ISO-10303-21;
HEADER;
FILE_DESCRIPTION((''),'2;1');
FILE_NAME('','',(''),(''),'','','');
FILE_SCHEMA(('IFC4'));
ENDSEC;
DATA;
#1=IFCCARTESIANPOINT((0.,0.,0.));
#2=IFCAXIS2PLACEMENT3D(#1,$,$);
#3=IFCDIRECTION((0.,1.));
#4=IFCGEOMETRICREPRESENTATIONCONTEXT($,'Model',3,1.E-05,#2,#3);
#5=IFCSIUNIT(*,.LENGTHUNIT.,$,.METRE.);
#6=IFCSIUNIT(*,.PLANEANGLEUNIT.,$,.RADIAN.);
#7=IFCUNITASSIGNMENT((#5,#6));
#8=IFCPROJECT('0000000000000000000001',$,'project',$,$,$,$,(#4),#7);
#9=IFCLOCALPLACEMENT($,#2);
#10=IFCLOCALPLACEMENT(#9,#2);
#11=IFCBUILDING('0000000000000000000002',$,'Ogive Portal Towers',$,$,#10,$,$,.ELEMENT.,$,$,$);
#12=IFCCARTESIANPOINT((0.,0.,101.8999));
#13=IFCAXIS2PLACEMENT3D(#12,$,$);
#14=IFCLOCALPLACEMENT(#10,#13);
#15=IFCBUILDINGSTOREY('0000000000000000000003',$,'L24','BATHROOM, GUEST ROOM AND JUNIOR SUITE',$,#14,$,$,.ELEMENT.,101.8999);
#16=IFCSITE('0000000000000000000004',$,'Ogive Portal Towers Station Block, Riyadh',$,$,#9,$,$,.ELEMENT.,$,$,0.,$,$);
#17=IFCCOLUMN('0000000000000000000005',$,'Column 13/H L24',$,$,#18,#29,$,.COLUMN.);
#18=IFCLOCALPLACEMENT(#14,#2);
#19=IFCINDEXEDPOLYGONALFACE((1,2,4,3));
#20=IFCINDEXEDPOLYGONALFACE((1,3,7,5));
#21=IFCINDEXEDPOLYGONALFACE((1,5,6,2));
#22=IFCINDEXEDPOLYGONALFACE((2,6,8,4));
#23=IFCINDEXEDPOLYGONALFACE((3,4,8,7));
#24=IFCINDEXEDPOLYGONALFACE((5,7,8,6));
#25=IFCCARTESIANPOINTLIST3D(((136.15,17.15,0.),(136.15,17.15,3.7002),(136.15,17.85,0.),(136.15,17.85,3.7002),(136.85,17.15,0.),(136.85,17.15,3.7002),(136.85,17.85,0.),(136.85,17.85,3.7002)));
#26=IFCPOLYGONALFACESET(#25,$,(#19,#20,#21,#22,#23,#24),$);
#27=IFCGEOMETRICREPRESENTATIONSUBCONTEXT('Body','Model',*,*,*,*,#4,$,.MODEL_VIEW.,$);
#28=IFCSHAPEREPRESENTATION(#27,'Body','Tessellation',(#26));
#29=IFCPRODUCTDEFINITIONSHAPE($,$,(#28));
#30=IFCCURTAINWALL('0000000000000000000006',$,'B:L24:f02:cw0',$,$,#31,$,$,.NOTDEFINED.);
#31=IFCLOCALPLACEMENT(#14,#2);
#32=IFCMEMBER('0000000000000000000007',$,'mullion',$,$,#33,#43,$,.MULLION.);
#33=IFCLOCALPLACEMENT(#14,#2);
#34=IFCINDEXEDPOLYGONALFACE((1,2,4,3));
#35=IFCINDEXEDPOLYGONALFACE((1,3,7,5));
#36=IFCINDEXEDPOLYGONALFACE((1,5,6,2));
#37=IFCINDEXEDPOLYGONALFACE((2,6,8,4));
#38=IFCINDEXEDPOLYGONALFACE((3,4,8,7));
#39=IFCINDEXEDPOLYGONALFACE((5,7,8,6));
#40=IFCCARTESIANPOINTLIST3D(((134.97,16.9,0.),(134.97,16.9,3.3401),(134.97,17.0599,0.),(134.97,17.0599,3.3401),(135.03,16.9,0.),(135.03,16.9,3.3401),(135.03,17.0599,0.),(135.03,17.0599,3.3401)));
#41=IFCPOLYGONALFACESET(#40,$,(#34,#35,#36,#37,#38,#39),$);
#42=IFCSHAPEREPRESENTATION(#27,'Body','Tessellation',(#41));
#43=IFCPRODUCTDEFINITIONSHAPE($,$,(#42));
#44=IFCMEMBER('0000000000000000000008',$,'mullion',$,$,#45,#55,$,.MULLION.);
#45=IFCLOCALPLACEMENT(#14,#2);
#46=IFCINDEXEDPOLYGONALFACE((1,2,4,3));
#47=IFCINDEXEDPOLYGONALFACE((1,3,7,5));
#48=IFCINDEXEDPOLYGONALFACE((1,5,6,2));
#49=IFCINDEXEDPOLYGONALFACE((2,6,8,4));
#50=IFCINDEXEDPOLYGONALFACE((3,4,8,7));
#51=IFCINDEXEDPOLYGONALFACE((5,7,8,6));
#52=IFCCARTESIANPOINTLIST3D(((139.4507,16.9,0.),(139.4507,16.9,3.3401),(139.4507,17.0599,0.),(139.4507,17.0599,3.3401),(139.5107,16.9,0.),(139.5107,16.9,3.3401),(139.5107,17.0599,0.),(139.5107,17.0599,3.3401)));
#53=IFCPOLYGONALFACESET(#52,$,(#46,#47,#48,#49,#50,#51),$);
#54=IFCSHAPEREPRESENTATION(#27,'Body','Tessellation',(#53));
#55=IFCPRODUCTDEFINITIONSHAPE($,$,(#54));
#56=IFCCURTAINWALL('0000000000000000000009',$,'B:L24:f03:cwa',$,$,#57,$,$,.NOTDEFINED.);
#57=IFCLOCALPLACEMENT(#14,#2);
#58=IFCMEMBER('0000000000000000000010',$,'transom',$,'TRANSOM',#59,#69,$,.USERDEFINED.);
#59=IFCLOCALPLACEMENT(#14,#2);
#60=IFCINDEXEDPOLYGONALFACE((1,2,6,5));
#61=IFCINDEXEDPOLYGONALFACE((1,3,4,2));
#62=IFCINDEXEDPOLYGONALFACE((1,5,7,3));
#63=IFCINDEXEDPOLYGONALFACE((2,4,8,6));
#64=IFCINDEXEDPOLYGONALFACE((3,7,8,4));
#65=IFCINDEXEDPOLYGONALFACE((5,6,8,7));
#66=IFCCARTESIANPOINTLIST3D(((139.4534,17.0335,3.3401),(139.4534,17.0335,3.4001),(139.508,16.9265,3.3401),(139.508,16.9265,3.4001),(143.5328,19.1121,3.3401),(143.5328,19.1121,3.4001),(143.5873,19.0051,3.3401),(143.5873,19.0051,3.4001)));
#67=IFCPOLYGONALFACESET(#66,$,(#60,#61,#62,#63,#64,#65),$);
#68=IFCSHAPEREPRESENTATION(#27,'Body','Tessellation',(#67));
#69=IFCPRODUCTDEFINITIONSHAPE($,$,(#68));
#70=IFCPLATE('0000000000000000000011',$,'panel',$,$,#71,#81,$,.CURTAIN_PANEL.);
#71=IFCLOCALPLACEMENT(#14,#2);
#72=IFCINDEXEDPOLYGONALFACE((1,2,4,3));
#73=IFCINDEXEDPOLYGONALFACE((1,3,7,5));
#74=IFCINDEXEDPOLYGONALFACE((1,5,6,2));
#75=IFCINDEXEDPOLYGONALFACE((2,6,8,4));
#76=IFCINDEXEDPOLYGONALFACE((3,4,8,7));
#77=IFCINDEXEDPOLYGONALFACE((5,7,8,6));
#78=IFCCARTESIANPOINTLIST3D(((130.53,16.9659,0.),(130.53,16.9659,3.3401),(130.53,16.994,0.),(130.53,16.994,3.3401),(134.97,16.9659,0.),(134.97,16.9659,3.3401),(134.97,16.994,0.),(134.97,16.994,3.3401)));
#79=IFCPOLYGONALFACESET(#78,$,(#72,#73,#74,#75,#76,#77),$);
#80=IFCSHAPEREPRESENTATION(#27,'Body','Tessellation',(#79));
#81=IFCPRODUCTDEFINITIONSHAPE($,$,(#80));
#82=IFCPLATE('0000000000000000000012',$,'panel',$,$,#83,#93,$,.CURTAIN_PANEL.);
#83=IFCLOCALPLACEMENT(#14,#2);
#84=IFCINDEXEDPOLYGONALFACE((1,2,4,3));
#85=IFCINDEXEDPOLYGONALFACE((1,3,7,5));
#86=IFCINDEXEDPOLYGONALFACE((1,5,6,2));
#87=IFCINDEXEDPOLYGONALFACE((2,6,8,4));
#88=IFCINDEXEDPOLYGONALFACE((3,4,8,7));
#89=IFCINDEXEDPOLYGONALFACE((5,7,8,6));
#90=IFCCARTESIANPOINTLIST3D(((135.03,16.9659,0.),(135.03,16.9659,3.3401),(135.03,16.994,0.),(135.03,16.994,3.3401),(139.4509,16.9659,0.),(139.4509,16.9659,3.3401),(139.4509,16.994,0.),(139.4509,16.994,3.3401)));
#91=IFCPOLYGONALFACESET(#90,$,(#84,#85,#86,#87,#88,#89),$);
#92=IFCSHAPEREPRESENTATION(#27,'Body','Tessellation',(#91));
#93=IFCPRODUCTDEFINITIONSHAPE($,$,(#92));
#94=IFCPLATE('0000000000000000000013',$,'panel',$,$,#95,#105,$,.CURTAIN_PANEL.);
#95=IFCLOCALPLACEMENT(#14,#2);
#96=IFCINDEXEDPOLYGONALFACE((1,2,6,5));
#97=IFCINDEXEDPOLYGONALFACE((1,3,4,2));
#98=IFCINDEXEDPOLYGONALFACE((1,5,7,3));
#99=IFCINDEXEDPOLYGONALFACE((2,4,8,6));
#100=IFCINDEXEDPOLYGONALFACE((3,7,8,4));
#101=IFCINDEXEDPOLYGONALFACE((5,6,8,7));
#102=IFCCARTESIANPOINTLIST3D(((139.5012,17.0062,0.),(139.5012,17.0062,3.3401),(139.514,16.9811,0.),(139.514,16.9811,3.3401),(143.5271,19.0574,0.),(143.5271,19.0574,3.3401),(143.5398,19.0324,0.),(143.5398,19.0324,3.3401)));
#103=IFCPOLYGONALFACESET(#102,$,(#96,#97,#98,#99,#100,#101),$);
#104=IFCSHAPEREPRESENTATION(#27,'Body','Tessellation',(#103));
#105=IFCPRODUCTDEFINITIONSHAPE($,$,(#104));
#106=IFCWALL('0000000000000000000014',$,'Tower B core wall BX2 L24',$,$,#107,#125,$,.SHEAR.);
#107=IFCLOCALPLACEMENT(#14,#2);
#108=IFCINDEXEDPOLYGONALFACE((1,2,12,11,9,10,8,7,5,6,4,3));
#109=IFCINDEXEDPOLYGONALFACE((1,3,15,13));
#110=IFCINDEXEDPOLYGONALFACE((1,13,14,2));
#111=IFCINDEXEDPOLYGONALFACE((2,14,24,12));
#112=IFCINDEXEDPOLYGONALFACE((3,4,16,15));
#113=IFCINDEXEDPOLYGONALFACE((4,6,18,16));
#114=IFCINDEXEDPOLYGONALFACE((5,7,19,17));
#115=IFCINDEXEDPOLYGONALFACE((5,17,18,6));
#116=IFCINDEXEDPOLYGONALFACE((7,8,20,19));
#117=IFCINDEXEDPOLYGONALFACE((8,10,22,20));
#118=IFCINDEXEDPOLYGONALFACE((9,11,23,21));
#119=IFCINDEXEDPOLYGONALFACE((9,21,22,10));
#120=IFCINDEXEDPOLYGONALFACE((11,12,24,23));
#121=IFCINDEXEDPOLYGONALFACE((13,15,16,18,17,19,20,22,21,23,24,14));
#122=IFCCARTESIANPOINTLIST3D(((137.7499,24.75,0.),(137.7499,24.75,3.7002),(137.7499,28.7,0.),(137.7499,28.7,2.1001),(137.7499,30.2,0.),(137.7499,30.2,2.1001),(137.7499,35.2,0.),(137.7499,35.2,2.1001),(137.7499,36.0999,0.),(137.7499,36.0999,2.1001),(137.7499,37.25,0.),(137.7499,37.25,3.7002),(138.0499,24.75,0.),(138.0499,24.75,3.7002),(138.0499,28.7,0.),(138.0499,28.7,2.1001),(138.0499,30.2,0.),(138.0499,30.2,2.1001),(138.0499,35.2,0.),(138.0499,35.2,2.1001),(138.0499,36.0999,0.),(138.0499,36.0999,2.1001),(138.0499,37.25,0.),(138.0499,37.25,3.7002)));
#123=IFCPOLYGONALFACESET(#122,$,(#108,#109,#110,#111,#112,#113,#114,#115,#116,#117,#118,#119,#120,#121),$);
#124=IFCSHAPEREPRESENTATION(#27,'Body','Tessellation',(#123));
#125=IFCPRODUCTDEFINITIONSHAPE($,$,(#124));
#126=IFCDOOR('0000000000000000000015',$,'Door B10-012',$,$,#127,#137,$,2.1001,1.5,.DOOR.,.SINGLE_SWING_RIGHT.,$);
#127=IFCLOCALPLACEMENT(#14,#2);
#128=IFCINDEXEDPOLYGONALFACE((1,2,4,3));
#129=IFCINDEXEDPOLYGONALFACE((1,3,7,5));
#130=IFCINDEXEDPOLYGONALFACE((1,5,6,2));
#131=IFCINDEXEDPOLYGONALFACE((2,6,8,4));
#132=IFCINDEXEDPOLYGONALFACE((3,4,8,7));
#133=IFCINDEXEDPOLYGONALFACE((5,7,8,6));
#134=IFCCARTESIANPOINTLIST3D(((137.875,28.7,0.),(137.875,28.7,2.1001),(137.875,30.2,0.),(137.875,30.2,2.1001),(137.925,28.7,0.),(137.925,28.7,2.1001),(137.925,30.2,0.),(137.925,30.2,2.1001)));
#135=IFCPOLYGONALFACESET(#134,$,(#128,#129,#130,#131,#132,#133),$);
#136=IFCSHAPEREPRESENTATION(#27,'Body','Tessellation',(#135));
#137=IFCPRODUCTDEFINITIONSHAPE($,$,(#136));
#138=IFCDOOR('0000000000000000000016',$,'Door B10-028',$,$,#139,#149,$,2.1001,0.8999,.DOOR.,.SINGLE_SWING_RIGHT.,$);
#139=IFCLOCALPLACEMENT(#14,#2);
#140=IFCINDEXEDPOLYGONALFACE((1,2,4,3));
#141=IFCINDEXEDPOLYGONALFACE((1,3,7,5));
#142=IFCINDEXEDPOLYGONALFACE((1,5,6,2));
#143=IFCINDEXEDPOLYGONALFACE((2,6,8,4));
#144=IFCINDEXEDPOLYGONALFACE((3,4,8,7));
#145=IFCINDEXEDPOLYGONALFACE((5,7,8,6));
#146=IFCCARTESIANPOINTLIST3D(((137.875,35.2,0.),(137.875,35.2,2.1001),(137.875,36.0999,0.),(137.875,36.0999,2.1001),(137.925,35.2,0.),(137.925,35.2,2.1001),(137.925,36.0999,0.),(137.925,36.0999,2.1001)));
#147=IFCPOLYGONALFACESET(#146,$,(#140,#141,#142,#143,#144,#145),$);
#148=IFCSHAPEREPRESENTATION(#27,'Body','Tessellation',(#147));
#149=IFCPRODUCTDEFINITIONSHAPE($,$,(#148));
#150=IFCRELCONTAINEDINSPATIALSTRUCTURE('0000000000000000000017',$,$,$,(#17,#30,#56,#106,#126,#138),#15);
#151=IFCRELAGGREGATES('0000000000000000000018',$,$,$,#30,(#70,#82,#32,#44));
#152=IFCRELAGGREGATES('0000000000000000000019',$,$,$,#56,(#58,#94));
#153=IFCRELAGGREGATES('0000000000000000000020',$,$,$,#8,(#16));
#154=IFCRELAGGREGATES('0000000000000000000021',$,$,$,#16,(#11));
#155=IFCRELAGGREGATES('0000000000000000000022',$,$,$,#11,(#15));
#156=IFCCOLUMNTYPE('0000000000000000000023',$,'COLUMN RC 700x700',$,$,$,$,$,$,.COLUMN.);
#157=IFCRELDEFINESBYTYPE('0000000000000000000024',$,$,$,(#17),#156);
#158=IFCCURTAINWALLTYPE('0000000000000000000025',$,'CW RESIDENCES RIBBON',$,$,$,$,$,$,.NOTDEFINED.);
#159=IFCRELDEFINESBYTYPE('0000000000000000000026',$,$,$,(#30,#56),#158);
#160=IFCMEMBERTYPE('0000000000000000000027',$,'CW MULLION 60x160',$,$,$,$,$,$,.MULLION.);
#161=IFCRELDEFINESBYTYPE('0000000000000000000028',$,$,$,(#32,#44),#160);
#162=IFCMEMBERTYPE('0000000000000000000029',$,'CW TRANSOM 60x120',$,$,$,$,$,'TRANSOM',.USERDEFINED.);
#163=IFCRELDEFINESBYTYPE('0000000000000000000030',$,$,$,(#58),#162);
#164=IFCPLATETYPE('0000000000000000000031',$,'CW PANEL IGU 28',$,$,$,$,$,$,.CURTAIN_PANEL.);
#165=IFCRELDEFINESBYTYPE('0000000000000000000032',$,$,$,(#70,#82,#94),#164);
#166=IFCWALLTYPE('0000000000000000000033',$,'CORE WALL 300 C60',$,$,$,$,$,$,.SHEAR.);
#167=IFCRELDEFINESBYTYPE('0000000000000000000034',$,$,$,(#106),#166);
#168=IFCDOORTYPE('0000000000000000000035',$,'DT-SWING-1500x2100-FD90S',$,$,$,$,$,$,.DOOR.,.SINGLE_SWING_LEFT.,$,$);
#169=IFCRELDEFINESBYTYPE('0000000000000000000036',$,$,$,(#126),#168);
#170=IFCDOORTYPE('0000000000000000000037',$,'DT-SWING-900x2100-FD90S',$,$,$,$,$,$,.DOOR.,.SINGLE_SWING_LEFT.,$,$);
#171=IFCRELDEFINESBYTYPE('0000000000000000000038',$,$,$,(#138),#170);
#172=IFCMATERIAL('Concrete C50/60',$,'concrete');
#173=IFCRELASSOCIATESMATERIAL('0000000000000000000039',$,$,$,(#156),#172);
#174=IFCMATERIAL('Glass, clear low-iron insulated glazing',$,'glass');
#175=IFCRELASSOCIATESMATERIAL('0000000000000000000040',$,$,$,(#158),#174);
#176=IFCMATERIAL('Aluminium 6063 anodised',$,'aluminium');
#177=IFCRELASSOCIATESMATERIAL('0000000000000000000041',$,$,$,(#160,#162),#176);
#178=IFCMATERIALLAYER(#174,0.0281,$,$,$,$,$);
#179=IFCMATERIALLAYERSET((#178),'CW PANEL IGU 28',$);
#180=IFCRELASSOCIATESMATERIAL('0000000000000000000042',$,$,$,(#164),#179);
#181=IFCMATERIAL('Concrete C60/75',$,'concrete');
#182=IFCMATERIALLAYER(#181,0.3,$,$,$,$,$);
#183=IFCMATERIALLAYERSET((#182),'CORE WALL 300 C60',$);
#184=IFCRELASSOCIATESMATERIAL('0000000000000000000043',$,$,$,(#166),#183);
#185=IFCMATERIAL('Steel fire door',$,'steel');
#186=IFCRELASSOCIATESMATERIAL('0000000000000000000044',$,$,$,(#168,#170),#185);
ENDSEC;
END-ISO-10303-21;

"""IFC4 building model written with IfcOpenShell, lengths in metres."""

from ifc_helpers import new_model, si_unit, direction, frame, frame_2d, origin, origin_2d, place, context, subcontext, project, spatial, rectangle, extrude, material, layer, layer_set, material_profile, profile_set, type_object, element, fill, aggregate, save


model = new_model("IFC4")

# Units and contexts
model_context = context("Model", 3, precision=1e-05, world=origin(), true_north=direction((0.0, 1.0)))
body_context = subcontext(model_context, "Body", "Model", "MODEL_VIEW")
ifc_project = project(units=[si_unit("LENGTHUNIT", "METRE"), si_unit("PLANEANGLEUNIT", "RADIAN")], contexts=[model_context])

# Site, building, storey
site_placement = place(None, origin())
site = spatial("IfcSite", under=ifc_project, at=site_placement, Name="Ogive Portal Towers Station Block, Riyadh", CompositionType="ELEMENT", RefElevation=0.0)
building_placement = place(site_placement, origin())
building = spatial("IfcBuilding", under=site, at=building_placement, Name="Ogive Portal Towers", CompositionType="ELEMENT")
storey_placement = place(building_placement, frame((0.0, 0.0, 101.8999)))
storey = spatial("IfcBuildingStorey", under=building, at=storey_placement, Name="L24", Description="BATHROOM, GUEST ROOM AND JUNIOR SUITE", CompositionType="ELEMENT", Elevation=101.8999)

# Column
ifc_material_1 = material(Name="Concrete C50/60", Category="concrete")
ifc_material_profile_1 = material_profile(ifc_material_1, rectangle(XDim=0.7, YDim=0.7, at=origin_2d()), Name="RC 700x700")
ifc_profile_set_1 = profile_set([ifc_material_profile_1], Name="Concrete C50/60")
column_type = type_object("IfcColumnType", Name="COLUMN RC 700x700", PredefinedType="COLUMN", material=ifc_profile_set_1)
column_placement = place(storey_placement, frame((136.5, 17.5, 0.0), z_axis=(0.0, 0.0, 1.0), x_axis=(1.0, 0.0, 0.0)))
element("IfcColumn", 1, at=column_placement, inside=storey, type_object=column_type, Name="Column 13/H L24", PredefinedType="COLUMN", context=body_context, shape_type="SweptSolid", body=[
    extrude(rectangle(XDim=0.7, YDim=0.7, at=origin_2d()), origin(), (0.0, 0.0, 1.0), 3.7002),
])

# Curtain wall, members
ifc_material_2 = material(Name="Glass, clear low-iron insulated glazing", Category="glass")
curtain_wall_type = type_object("IfcCurtainWallType", Name="CW RESIDENCES RIBBON", PredefinedType="NOTDEFINED", material=ifc_material_2)
curtain_wall_1_placement = place(storey_placement, origin())
curtain_wall_1 = element("IfcCurtainWall", 2, at=curtain_wall_1_placement, inside=storey, type_object=curtain_wall_type, Name="B:L24:f02:cw0", PredefinedType="NOTDEFINED")
ifc_material_3 = material(Name="Aluminium 6063 anodised", Category="aluminium")
ifc_material_profile_2 = material_profile(ifc_material_3, rectangle(XDim=0.1599, YDim=0.0601, at=origin_2d()), Name="AL 60x160")
ifc_profile_set_2 = profile_set([ifc_material_profile_2], Name="Aluminium 6063 anodised")
member_type_1 = type_object("IfcMemberType", Name="CW MULLION 60x160", PredefinedType="MULLION", material=ifc_profile_set_2)
member_1_placement = place(storey_placement, frame((135.0, 16.98, 0.0), z_axis=(0.0, 0.0, 1.0), x_axis=(0.0, 1.0, 0.0)))
member_1 = element("IfcMember", 3, at=member_1_placement, type_object=member_type_1, Name="mullion", PredefinedType="MULLION", context=body_context, shape_type="SweptSolid", body=[
    extrude(rectangle(XDim=0.1599, YDim=0.0601, at=origin_2d()), origin(), (0.0, 0.0, 1.0), 3.3401),
])
member_2_placement = place(storey_placement, frame((139.4807, 16.98, 0.0), z_axis=(0.0, 0.0, 1.0), x_axis=(0.0, 1.0, 0.0)))
member_2 = element("IfcMember", 4, at=member_2_placement, type_object=member_type_1, Name="mullion", PredefinedType="MULLION", context=body_context, shape_type="SweptSolid", body=[
    extrude(rectangle(XDim=0.1599, YDim=0.0601, at=origin_2d()), origin(), (0.0, 0.0, 1.0), 3.3401),
])

# Curtain wall, member
curtain_wall_2_placement = place(storey_placement, origin())
curtain_wall_2 = element("IfcCurtainWall", 5, at=curtain_wall_2_placement, inside=storey, type_object=curtain_wall_type, Name="B:L24:f03:cwa", PredefinedType="NOTDEFINED")
ifc_material_profile_3 = material_profile(ifc_material_3, rectangle(XDim=0.1201, YDim=0.0601, at=origin_2d()), Name="AL 120x60")
ifc_profile_set_3 = profile_set([ifc_material_profile_3], Name="Aluminium 6063 anodised")
member_type_2 = type_object("IfcMemberType", Name="CW TRANSOM 60x120", ElementType="TRANSOM", PredefinedType="USERDEFINED", material=ifc_profile_set_3)
member_3_placement = place(storey_placement, frame((139.4807, 16.98, 3.3701), z_axis=(0.890999, 0.454005, 0.0), x_axis=(-0.454005, 0.890999, 0.0)))
member_3 = element("IfcMember", 6, at=member_3_placement, type_object=member_type_2, Name="transom", ObjectType="TRANSOM", PredefinedType="USERDEFINED", context=body_context, shape_type="SweptSolid", body=[
    extrude(rectangle(XDim=0.1201, YDim=0.0601, at=origin_2d()), origin(), (0.0, 0.0, 1.0), 4.5784),
])

# Plates
ifc_layer_1 = layer(ifc_material_2, 0.0281)
ifc_layer_set_1 = layer_set([ifc_layer_1], Name="CW PANEL IGU 28")
plate_type = type_object("IfcPlateType", Name="CW PANEL IGU 28", PredefinedType="CURTAIN_PANEL", material=ifc_layer_set_1)
plate_1_placement = place(storey_placement, frame((132.75, 16.98, 0.0), z_axis=(0.0, 0.0, 1.0), x_axis=(1.0, 0.0, 0.0)))
plate_1 = element("IfcPlate", 7, at=plate_1_placement, type_object=plate_type, Name="panel", PredefinedType="CURTAIN_PANEL", context=body_context, shape_type="SweptSolid", body=[
    extrude(rectangle(XDim=4.4399, YDim=0.0281, at=origin_2d()), origin(), (0.0, 0.0, 1.0), 3.3401),
])
plate_2_placement = place(storey_placement, frame((137.2405, 16.98, 0.0), z_axis=(0.0, 0.0, 1.0), x_axis=(1.0, 0.0, 0.0)))
plate_2 = element("IfcPlate", 8, at=plate_2_placement, type_object=plate_type, Name="panel", PredefinedType="CURTAIN_PANEL", context=body_context, shape_type="SweptSolid", body=[
    extrude(rectangle(XDim=4.4209, YDim=0.0281, at=origin_2d()), origin(), (0.0, 0.0, 1.0), 3.3401),
])
aggregate(curtain_wall_1, [plate_1, plate_2, member_1, member_2])
plate_3_placement = place(storey_placement, frame((141.5205, 18.0193, 0.0), z_axis=(0.0, 0.0, 1.0), x_axis=(0.891007, 0.45399, 0.0)))
plate_3 = element("IfcPlate", 9, at=plate_3_placement, type_object=plate_type, Name="panel", PredefinedType="CURTAIN_PANEL", context=body_context, shape_type="SweptSolid", body=[
    extrude(rectangle(XDim=4.5183, YDim=0.0281, at=origin_2d()), origin(), (0.0, 0.0, 1.0), 3.3401),
])
aggregate(curtain_wall_2, [member_3, plate_3])

# Wall, openings, doors
ifc_material_4 = material(Name="Concrete C60/75", Category="concrete")
ifc_layer_2 = layer(ifc_material_4, 0.3)
ifc_layer_set_2 = layer_set([ifc_layer_2], Name="CORE WALL 300 C60")
wall_type_1 = type_object("IfcWallType", Name="CORE WALL 300 C60", PredefinedType="SHEAR", material=ifc_layer_set_2)
wall_1_placement = place(storey_placement, frame((137.8999, 24.75, 0.0), z_axis=(0.0, 0.0, 1.0), x_axis=(0.0, 1.0, 0.0)))
wall_1 = element("IfcWall", 10, at=wall_1_placement, inside=storey, type_object=wall_type_1, Name="Tower B core wall BX2 L24", PredefinedType="SHEAR", context=body_context, shape_type="SweptSolid", body=[
    extrude(rectangle(XDim=12.5, YDim=0.3, at=frame_2d((6.25, 0.0))), origin(), (0.0, 0.0, 1.0), 3.7002),
])
opening_1_placement = place(wall_1_placement, frame((3.95, 0.0, 0.0)))
opening_1 = element("IfcOpeningElement", 11, at=opening_1_placement, cuts=wall_1, PredefinedType="OPENING", context=body_context, shape_type="SweptSolid", body=[
    extrude(rectangle(XDim=1.5, YDim=2.1001, at=frame_2d((0.75, 1.05))), frame((0.0, 0.1602, 0.0), z_axis=(0.0, -1.0, 0.0), x_axis=(1.0, 0.0, 0.0)), (0.0, 0.0, 1.0), 0.3201),
])
opening_2_placement = place(wall_1_placement, frame((10.45, 0.0, 0.0)))
opening_2 = element("IfcOpeningElement", 12, at=opening_2_placement, cuts=wall_1, PredefinedType="OPENING", context=body_context, shape_type="SweptSolid", body=[
    extrude(rectangle(XDim=0.8999, YDim=2.1001, at=frame_2d((0.45, 1.05))), frame((0.0, 0.1602, 0.0), z_axis=(0.0, -1.0, 0.0), x_axis=(1.0, 0.0, 0.0)), (0.0, 0.0, 1.0), 0.3201),
])
ifc_material_5 = material(Name="Steel fire door", Category="steel")
door_type_1 = type_object("IfcDoorType", Name="DT-SWING-1500x2100-FD90S", OperationType="SINGLE_SWING_LEFT", PredefinedType="DOOR", material=ifc_material_5)
door_1_placement = place(opening_1_placement, origin())
door_1 = element("IfcDoor", 13, at=door_1_placement, inside=storey, type_object=door_type_1, Name="Door B10-012", OperationType="SINGLE_SWING_RIGHT", OverallHeight=2.1001, OverallWidth=1.5, PredefinedType="DOOR", context=body_context, shape_type="SweptSolid", body=[
    extrude(rectangle(XDim=1.5, YDim=2.1001, at=frame_2d((0.75, 1.05))), frame((0.0, 0.0249, 0.0), z_axis=(0.0, -1.0, 0.0), x_axis=(1.0, 0.0, 0.0)), (0.0, 0.0, 1.0), 0.05),
])
fill(opening_1, door_1)
door_type_2 = type_object("IfcDoorType", Name="DT-SWING-900x2100-FD90S", OperationType="SINGLE_SWING_LEFT", PredefinedType="DOOR", material=ifc_material_5)
door_2_placement = place(opening_2_placement, origin())
door_2 = element("IfcDoor", 14, at=door_2_placement, inside=storey, type_object=door_type_2, Name="Door B10-028", OperationType="SINGLE_SWING_RIGHT", OverallHeight=2.1001, OverallWidth=0.8999, PredefinedType="DOOR", context=body_context, shape_type="SweptSolid", body=[
    extrude(rectangle(XDim=0.8999, YDim=2.1001, at=frame_2d((0.45, 1.05))), frame((0.0, 0.0249, 0.0), z_axis=(0.0, -1.0, 0.0), x_axis=(1.0, 0.0, 0.0)), (0.0, 0.0, 1.0), 0.05),
])
fill(opening_2, door_2)

save(model, "model.ifc")
